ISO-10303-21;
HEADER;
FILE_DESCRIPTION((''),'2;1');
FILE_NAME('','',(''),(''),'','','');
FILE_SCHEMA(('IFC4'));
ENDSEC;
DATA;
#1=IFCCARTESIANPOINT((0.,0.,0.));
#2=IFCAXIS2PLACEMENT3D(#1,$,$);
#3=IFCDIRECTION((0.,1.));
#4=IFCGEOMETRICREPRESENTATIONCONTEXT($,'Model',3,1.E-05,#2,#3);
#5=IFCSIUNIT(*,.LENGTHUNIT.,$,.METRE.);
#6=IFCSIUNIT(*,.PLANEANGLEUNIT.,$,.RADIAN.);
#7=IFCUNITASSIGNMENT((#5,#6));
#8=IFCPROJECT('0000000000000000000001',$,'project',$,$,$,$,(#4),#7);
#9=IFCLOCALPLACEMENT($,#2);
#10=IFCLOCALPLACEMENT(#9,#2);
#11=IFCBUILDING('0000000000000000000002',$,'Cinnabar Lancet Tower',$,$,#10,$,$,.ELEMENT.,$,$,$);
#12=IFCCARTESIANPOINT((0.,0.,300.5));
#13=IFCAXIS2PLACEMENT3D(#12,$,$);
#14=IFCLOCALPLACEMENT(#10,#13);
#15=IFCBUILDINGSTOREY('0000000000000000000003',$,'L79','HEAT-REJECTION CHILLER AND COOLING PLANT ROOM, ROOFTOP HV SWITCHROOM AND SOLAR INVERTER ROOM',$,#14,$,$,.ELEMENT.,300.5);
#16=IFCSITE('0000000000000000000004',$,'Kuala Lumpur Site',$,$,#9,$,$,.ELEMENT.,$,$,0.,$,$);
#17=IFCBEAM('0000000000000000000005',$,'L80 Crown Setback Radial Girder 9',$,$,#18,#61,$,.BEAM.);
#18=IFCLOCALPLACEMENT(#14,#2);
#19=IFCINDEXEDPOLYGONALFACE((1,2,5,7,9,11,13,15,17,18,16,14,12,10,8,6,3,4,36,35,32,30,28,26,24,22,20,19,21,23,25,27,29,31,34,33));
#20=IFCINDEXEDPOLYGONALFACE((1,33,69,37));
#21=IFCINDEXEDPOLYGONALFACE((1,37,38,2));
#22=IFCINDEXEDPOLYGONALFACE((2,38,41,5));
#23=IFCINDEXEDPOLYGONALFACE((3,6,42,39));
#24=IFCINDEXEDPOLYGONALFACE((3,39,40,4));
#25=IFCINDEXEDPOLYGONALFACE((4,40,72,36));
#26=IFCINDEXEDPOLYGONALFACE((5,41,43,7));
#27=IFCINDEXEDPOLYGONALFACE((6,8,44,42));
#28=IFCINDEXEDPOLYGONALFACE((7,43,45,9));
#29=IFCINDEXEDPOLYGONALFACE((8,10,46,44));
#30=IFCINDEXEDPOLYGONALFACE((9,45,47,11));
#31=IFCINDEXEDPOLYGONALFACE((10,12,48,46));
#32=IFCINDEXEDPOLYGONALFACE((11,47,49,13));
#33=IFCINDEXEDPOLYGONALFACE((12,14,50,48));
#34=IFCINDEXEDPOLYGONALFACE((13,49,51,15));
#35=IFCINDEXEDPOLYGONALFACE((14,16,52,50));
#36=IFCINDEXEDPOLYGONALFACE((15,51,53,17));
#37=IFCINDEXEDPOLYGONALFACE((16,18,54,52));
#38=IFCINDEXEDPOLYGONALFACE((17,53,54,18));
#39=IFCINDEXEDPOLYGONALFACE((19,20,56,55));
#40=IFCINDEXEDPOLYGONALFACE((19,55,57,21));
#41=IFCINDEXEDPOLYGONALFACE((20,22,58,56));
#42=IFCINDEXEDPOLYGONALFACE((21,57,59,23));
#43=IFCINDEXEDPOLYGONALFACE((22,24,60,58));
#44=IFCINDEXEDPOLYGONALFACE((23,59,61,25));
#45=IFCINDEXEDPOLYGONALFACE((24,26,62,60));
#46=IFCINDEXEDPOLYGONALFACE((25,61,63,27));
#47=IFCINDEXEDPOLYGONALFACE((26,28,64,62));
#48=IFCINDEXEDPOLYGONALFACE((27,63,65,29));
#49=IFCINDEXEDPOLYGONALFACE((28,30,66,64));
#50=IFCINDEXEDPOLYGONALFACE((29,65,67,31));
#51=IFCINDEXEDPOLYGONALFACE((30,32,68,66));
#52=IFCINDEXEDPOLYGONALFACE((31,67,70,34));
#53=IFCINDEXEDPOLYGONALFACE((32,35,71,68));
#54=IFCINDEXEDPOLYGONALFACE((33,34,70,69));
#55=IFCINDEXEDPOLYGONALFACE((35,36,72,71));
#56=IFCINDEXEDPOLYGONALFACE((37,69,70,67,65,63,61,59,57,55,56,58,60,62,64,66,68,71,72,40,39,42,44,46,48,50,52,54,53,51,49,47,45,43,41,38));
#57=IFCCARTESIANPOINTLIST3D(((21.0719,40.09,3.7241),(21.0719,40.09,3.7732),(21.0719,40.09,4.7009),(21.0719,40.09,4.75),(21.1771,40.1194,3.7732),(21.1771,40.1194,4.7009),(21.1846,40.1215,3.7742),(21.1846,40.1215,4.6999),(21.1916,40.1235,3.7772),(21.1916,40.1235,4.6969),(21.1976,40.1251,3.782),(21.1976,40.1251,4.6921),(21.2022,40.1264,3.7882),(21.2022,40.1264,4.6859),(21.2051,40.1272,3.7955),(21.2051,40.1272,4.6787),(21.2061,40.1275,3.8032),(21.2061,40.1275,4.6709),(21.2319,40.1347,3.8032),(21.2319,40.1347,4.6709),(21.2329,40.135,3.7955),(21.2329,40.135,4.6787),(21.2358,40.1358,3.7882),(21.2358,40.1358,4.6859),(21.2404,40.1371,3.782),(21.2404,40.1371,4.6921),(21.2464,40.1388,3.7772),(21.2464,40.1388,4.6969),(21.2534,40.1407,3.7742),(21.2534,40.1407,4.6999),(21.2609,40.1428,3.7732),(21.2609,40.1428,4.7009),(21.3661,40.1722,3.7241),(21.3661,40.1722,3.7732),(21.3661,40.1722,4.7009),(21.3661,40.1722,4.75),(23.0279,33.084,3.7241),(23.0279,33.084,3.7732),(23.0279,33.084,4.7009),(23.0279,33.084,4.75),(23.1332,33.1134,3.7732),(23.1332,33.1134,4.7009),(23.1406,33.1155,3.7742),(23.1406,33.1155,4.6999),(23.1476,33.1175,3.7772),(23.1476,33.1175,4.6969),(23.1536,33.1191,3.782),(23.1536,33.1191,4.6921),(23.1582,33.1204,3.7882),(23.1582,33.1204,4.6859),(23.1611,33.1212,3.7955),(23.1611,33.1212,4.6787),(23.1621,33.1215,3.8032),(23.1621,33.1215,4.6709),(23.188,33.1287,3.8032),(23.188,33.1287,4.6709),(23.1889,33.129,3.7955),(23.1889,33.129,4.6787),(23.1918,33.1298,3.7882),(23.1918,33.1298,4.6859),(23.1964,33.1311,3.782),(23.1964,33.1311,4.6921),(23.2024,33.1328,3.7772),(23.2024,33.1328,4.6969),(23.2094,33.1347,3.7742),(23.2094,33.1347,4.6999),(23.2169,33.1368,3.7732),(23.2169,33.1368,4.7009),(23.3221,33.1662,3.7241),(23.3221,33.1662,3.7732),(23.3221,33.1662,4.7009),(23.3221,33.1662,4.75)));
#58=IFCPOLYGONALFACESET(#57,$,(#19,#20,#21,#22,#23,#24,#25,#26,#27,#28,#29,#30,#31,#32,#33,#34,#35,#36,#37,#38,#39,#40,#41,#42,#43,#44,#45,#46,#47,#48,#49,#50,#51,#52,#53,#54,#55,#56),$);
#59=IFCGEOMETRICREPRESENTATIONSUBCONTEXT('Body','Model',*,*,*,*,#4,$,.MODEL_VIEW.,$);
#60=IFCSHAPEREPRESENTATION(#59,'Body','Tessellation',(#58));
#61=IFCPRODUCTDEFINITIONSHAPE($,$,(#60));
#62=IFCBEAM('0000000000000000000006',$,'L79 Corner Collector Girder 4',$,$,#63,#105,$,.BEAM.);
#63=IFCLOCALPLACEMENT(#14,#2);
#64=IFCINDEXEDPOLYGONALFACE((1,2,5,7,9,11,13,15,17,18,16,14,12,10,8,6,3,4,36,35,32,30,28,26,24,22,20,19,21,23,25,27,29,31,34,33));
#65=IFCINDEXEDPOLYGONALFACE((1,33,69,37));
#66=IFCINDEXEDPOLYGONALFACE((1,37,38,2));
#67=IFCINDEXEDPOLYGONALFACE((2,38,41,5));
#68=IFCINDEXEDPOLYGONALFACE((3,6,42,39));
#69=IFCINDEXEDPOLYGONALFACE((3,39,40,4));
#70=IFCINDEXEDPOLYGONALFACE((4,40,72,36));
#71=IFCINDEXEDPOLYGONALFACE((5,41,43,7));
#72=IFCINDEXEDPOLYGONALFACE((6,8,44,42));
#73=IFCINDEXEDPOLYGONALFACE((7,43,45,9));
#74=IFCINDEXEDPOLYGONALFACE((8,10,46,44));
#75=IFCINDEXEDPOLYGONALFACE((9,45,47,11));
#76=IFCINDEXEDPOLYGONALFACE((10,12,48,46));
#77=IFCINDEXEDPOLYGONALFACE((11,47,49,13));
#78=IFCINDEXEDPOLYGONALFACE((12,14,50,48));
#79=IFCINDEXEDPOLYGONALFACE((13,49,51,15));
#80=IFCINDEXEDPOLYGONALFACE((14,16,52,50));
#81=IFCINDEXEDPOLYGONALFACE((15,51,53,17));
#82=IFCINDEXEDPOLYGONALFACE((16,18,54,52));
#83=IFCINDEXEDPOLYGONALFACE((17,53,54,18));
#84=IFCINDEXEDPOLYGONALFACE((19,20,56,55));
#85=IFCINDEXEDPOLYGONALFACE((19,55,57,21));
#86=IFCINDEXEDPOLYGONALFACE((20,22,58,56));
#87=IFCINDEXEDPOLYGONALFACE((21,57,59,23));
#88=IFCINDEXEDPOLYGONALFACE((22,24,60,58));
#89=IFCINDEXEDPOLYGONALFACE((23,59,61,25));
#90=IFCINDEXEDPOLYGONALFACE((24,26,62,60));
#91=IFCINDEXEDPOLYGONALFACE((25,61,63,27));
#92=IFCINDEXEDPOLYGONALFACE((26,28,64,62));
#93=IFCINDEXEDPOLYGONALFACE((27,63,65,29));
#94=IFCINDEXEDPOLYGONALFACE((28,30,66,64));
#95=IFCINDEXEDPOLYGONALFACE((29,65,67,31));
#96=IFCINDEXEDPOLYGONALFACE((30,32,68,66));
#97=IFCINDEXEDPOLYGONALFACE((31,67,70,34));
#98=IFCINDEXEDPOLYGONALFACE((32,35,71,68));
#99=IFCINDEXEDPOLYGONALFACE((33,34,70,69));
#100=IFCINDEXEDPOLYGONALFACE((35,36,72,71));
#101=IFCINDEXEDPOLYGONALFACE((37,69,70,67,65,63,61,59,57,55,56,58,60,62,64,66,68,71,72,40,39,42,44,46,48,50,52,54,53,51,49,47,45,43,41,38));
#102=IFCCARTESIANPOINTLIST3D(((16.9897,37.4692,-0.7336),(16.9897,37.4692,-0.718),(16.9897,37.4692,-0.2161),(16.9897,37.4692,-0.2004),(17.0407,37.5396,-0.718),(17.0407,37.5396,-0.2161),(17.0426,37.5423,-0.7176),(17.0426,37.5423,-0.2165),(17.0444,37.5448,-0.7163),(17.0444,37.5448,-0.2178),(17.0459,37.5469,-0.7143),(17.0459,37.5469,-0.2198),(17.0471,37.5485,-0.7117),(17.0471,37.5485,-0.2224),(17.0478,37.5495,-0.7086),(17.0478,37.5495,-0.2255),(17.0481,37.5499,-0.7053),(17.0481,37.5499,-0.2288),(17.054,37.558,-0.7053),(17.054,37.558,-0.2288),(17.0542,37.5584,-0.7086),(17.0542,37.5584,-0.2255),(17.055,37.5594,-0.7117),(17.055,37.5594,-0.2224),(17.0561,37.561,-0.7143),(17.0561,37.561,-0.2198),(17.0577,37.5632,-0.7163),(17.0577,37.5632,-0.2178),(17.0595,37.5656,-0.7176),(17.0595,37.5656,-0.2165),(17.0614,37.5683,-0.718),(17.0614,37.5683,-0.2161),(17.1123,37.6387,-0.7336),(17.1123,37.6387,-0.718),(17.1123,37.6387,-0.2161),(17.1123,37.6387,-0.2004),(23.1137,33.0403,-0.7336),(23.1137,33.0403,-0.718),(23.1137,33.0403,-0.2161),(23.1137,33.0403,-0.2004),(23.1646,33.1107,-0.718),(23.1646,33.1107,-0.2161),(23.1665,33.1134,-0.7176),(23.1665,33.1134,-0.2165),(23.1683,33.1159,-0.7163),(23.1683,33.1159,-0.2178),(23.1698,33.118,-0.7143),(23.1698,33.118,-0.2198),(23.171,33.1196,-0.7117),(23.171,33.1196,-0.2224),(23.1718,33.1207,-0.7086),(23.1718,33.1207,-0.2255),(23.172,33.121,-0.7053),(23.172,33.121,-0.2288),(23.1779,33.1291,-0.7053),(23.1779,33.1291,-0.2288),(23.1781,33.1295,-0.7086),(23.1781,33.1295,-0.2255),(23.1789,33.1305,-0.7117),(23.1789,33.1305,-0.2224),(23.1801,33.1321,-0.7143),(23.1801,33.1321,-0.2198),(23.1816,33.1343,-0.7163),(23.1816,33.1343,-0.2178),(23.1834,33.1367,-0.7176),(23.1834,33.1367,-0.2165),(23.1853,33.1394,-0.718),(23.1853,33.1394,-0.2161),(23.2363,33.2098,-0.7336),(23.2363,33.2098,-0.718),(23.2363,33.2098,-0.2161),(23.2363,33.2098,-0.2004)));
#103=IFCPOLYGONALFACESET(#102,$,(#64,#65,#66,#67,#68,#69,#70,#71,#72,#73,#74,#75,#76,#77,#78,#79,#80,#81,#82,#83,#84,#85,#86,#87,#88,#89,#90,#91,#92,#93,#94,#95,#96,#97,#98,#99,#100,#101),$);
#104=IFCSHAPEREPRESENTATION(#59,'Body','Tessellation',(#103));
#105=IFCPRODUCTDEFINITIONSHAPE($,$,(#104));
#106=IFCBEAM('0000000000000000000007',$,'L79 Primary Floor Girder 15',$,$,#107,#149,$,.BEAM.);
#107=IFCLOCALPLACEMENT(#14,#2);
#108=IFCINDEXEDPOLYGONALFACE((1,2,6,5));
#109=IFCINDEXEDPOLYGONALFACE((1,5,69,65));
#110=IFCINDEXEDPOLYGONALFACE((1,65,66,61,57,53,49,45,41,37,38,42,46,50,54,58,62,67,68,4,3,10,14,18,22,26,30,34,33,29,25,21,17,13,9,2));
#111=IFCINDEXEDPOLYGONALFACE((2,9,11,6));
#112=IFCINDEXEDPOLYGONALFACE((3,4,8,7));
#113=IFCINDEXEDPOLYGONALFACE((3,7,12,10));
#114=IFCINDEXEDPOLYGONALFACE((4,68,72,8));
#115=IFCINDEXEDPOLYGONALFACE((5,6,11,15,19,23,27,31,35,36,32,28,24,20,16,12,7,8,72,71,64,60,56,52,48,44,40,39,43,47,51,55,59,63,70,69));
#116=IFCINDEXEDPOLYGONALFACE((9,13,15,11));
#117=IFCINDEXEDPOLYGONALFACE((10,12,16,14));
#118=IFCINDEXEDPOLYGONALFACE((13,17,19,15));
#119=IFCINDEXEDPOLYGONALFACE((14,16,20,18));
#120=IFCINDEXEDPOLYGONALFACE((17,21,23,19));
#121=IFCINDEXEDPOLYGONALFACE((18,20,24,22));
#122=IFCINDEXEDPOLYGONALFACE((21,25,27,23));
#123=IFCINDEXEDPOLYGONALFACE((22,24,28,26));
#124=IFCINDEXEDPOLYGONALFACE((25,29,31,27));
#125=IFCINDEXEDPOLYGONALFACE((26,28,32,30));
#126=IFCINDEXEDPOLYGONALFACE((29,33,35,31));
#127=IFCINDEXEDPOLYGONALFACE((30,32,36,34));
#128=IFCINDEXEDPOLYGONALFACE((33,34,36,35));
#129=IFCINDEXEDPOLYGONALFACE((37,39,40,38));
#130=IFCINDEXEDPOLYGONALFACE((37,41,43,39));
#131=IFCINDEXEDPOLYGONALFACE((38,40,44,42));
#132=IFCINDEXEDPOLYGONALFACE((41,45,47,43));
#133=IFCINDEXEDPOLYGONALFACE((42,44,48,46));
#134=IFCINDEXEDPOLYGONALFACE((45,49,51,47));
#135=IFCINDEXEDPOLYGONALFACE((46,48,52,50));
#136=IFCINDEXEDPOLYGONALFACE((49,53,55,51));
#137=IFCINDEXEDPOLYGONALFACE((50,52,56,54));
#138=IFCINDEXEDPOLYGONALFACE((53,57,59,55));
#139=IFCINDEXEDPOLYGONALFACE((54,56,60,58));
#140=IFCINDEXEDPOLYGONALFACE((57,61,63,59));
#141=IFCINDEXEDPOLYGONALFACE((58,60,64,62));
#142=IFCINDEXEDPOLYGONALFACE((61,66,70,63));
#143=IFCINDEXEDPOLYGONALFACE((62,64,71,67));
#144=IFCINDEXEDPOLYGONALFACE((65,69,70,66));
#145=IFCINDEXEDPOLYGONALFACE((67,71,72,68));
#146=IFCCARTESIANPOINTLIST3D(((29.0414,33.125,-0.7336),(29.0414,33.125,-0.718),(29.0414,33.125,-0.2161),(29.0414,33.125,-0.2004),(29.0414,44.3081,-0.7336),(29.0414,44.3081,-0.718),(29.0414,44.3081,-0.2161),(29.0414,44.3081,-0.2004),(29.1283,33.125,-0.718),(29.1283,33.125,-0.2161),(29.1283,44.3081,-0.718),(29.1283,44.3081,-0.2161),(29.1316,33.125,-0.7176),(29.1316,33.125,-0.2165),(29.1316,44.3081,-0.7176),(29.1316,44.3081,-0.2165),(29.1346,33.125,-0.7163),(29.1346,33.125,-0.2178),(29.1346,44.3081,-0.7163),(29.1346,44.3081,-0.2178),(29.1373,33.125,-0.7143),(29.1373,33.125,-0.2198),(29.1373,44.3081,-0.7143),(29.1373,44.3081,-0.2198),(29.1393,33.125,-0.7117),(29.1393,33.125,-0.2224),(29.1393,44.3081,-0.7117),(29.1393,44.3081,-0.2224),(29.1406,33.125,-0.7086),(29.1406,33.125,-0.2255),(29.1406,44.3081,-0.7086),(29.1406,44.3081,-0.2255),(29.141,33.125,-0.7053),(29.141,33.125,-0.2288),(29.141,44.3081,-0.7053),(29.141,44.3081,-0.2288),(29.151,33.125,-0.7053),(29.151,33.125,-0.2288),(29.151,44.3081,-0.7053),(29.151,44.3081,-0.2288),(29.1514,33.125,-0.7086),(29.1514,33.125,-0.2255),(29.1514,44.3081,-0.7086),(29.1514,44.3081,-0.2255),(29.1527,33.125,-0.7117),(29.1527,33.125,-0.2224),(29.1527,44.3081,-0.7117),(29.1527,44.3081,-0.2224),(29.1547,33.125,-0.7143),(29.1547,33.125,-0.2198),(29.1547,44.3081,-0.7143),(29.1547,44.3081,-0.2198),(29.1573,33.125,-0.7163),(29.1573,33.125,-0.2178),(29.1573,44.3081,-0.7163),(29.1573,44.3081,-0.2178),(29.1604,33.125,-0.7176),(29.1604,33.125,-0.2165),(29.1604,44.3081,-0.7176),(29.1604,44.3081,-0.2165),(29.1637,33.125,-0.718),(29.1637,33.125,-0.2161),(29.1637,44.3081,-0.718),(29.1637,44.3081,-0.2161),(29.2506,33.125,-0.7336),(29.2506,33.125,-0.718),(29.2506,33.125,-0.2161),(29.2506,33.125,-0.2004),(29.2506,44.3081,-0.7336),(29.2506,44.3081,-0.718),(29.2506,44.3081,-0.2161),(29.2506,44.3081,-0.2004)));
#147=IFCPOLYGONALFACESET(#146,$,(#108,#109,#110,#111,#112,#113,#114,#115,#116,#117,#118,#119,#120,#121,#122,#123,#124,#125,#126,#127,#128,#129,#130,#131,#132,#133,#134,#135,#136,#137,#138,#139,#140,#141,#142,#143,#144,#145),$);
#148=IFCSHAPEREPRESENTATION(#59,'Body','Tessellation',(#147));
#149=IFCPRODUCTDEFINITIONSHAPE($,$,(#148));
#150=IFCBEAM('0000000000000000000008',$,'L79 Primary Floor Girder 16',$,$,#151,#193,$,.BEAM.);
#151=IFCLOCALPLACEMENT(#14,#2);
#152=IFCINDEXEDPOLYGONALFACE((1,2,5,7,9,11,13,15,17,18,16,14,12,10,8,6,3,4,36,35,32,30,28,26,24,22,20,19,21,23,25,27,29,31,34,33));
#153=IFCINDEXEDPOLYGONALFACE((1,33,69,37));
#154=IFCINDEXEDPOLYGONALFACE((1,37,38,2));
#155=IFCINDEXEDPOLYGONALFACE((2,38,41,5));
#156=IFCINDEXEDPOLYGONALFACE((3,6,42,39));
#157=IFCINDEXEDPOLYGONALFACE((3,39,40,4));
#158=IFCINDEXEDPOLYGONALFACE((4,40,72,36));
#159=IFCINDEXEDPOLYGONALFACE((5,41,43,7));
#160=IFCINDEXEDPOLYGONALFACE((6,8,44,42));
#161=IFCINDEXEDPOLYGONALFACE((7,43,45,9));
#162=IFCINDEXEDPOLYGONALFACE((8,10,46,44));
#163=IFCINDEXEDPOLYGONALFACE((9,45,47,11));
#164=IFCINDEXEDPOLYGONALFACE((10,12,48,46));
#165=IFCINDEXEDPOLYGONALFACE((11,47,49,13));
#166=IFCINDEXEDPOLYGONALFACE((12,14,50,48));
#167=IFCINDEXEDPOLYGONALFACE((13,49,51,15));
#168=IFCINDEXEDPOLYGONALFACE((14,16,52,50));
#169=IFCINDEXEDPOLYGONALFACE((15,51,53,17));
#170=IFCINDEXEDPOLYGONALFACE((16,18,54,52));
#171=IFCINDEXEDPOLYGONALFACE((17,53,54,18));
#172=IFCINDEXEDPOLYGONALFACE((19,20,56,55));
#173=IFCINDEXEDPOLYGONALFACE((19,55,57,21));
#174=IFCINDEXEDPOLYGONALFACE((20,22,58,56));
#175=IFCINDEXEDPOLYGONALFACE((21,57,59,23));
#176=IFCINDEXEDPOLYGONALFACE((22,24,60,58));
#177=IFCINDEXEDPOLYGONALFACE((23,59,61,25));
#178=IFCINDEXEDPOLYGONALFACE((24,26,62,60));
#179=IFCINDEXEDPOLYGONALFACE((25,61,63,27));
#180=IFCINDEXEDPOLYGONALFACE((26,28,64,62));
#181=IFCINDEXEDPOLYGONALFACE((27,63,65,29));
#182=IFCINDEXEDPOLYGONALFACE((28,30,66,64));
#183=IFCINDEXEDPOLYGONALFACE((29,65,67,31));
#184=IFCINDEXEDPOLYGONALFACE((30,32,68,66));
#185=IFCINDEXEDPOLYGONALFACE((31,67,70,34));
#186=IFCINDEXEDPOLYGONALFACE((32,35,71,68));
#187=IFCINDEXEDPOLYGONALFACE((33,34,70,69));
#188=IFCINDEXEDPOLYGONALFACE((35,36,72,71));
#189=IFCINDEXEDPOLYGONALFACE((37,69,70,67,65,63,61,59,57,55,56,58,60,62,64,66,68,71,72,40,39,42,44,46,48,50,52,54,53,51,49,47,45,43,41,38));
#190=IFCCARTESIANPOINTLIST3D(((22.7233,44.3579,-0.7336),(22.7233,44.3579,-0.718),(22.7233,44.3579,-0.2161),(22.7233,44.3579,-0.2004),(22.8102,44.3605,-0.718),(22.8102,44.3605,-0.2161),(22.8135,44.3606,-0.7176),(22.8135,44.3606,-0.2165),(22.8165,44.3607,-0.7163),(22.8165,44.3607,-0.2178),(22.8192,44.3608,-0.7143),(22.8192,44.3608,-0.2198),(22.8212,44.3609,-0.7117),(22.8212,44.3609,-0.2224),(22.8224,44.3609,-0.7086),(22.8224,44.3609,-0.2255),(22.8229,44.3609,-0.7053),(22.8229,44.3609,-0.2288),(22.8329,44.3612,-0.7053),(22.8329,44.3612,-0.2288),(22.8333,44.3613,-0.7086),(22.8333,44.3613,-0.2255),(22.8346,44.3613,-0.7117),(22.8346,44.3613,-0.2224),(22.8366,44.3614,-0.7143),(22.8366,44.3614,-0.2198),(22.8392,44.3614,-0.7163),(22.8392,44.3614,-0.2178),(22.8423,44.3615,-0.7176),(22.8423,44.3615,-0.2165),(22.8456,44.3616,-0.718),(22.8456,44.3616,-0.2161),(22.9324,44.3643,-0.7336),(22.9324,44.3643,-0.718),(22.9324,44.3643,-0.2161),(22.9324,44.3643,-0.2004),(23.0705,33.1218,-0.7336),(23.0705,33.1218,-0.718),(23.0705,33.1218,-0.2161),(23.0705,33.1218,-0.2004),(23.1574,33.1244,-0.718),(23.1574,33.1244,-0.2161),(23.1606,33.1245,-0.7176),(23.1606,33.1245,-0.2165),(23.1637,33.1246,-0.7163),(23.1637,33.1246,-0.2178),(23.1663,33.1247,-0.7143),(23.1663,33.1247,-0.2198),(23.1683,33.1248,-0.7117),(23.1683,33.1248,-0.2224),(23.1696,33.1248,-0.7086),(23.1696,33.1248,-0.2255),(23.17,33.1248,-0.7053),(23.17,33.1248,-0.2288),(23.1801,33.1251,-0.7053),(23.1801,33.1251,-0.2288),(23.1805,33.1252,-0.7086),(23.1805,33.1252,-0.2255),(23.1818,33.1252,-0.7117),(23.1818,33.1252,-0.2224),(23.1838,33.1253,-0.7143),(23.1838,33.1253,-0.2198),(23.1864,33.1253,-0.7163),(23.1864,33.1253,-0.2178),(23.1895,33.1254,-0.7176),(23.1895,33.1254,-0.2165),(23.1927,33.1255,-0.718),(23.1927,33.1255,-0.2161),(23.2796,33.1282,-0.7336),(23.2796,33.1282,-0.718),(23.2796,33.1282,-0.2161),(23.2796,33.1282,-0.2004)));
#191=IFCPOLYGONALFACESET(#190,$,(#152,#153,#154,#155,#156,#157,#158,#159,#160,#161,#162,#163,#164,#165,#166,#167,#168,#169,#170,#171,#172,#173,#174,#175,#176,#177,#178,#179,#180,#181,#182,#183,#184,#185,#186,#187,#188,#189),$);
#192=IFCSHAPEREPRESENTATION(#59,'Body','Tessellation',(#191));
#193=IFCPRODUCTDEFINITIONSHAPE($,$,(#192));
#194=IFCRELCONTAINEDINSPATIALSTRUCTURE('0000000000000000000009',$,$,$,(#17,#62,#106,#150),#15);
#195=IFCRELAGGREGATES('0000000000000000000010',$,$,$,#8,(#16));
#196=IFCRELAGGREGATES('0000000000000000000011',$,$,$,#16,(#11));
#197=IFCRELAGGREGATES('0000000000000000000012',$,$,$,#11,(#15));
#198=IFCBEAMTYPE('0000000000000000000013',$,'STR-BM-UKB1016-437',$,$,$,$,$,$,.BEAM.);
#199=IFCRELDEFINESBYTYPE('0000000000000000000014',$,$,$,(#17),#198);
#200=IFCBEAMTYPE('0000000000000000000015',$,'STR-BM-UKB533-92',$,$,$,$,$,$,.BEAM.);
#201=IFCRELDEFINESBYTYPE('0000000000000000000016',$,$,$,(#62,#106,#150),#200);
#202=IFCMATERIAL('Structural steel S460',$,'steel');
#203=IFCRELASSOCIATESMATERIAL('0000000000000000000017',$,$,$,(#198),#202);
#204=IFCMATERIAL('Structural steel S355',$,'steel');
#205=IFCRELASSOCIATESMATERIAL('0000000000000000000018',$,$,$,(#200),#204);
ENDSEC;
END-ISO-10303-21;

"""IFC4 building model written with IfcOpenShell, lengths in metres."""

from ifc_helpers import new_model, si_unit, direction, frame, origin, origin_2d, place, context, subcontext, project, spatial, i_section, extrude, material, material_profile, profile_set, type_object, element, save


model = new_model("IFC4")

# Units and contexts
model_context = context("Model", 3, precision=1e-05, world=origin(), true_north=direction((0.0, 1.0)))
body_context = subcontext(model_context, "Body", "Model", "MODEL_VIEW")
ifc_project = project(units=[si_unit("LENGTHUNIT", "METRE"), si_unit("PLANEANGLEUNIT", "RADIAN")], contexts=[model_context])

# Site, building, storey
site_placement = place(None, origin())
site = spatial("IfcSite", under=ifc_project, at=site_placement, Name="Kuala Lumpur Site", CompositionType="ELEMENT", RefElevation=0.0)
building_placement = place(site_placement, origin())
building = spatial("IfcBuilding", under=site, at=building_placement, Name="Cinnabar Lancet Tower", CompositionType="ELEMENT")
storey_placement = place(building_placement, frame((0.0, 0.0, 300.5)))
storey = spatial("IfcBuildingStorey", under=building, at=storey_placement, Name="L79", Description="HEAT-REJECTION CHILLER AND COOLING PLANT ROOM, ROOFTOP HV SWITCHROOM AND SOLAR INVERTER ROOM", CompositionType="ELEMENT", Elevation=300.5)

# Beams
ifc_material_1 = material(Name="Structural steel S460", Category="steel")
ifc_material_profile_1 = material_profile(ifc_material_1, i_section(OverallWidth=0.3054, OverallDepth=1.0259, WebThickness=0.0269, FlangeThickness=0.0491, FilletRadius=0.03, at=origin_2d()), Name="UKB 1016x305x437")
ifc_profile_set_1 = profile_set([ifc_material_profile_1], Name="Structural steel S460")
beam_type_1 = type_object("IfcBeamType", Name="STR-BM-UKB1016-437", PredefinedType="BEAM", material=ifc_profile_set_1)
beam_1_placement = place(storey_placement, frame((21.219, 40.1311, 4.2371), z_axis=(0.268909, -0.963166, 0.0), x_axis=(0.963166, 0.268909, 0.0)))
element("IfcBeam", 1, at=beam_1_placement, inside=storey, type_object=beam_type_1, Name="L80 Crown Setback Radial Girder 9", PredefinedType="BEAM", context=body_context, shape_type="SweptSolid", body=[
    extrude(i_section(OverallWidth=0.3054, OverallDepth=1.0259, WebThickness=0.0269, FlangeThickness=0.0491, FilletRadius=0.03, at=origin_2d()), origin(), (0.0, 0.0, 1.0), 7.2739),
])
ifc_material_2 = material(Name="Structural steel S355", Category="steel")
ifc_material_profile_2 = material_profile(ifc_material_2, i_section(OverallWidth=0.2092, OverallDepth=0.5332, WebThickness=0.01, FlangeThickness=0.0156, FilletRadius=0.0127, at=origin_2d()), Name="UKB 533x210x92")
ifc_profile_set_2 = profile_set([ifc_material_profile_2], Name="Structural steel S355")
beam_type_2 = type_object("IfcBeamType", Name="STR-BM-UKB533-92", PredefinedType="BEAM", material=ifc_profile_set_2)
beam_2_placement = place(storey_placement, frame((17.051, 37.554, -0.467), z_axis=(0.810299, -0.586016, 0.0), x_axis=(0.586016, 0.810299, 0.0)))
element("IfcBeam", 2, at=beam_2_placement, inside=storey, type_object=beam_type_2, Name="L79 Corner Collector Girder 4", PredefinedType="BEAM", context=body_context, shape_type="SweptSolid", body=[
    extrude(i_section(OverallWidth=0.2092, OverallDepth=0.5332, WebThickness=0.01, FlangeThickness=0.0156, FilletRadius=0.0127, at=origin_2d()), origin(), (0.0, 0.0, 1.0), 7.5576),
])
beam_3_placement = place(storey_placement, frame((29.146, 44.3081, -0.467), z_axis=(0.0, -1.0, 0.0), x_axis=(1.0, 0.0, 0.0)))
element("IfcBeam", 3, at=beam_3_placement, inside=storey, type_object=beam_type_2, Name="L79 Primary Floor Girder 15", PredefinedType="BEAM", context=body_context, shape_type="SweptSolid", body=[
    extrude(i_section(OverallWidth=0.2092, OverallDepth=0.5332, WebThickness=0.01, FlangeThickness=0.0156, FilletRadius=0.0127, at=origin_2d()), origin(), (0.0, 0.0, 1.0), 11.1831),
])
beam_4_placement = place(storey_placement, frame((22.8279, 44.3611, -0.467), z_axis=(0.030883, -0.999523, 0.0), x_axis=(0.999523, 0.030883, 0.0)))
element("IfcBeam", 4, at=beam_4_placement, inside=storey, type_object=beam_type_2, Name="L79 Primary Floor Girder 16", PredefinedType="BEAM", context=body_context, shape_type="SweptSolid", body=[
    extrude(i_section(OverallWidth=0.2092, OverallDepth=0.5332, WebThickness=0.01, FlangeThickness=0.0156, FilletRadius=0.0127, at=origin_2d()), origin(), (0.0, 0.0, 1.0), 11.2415),
])

save(model, "model.ifc")
